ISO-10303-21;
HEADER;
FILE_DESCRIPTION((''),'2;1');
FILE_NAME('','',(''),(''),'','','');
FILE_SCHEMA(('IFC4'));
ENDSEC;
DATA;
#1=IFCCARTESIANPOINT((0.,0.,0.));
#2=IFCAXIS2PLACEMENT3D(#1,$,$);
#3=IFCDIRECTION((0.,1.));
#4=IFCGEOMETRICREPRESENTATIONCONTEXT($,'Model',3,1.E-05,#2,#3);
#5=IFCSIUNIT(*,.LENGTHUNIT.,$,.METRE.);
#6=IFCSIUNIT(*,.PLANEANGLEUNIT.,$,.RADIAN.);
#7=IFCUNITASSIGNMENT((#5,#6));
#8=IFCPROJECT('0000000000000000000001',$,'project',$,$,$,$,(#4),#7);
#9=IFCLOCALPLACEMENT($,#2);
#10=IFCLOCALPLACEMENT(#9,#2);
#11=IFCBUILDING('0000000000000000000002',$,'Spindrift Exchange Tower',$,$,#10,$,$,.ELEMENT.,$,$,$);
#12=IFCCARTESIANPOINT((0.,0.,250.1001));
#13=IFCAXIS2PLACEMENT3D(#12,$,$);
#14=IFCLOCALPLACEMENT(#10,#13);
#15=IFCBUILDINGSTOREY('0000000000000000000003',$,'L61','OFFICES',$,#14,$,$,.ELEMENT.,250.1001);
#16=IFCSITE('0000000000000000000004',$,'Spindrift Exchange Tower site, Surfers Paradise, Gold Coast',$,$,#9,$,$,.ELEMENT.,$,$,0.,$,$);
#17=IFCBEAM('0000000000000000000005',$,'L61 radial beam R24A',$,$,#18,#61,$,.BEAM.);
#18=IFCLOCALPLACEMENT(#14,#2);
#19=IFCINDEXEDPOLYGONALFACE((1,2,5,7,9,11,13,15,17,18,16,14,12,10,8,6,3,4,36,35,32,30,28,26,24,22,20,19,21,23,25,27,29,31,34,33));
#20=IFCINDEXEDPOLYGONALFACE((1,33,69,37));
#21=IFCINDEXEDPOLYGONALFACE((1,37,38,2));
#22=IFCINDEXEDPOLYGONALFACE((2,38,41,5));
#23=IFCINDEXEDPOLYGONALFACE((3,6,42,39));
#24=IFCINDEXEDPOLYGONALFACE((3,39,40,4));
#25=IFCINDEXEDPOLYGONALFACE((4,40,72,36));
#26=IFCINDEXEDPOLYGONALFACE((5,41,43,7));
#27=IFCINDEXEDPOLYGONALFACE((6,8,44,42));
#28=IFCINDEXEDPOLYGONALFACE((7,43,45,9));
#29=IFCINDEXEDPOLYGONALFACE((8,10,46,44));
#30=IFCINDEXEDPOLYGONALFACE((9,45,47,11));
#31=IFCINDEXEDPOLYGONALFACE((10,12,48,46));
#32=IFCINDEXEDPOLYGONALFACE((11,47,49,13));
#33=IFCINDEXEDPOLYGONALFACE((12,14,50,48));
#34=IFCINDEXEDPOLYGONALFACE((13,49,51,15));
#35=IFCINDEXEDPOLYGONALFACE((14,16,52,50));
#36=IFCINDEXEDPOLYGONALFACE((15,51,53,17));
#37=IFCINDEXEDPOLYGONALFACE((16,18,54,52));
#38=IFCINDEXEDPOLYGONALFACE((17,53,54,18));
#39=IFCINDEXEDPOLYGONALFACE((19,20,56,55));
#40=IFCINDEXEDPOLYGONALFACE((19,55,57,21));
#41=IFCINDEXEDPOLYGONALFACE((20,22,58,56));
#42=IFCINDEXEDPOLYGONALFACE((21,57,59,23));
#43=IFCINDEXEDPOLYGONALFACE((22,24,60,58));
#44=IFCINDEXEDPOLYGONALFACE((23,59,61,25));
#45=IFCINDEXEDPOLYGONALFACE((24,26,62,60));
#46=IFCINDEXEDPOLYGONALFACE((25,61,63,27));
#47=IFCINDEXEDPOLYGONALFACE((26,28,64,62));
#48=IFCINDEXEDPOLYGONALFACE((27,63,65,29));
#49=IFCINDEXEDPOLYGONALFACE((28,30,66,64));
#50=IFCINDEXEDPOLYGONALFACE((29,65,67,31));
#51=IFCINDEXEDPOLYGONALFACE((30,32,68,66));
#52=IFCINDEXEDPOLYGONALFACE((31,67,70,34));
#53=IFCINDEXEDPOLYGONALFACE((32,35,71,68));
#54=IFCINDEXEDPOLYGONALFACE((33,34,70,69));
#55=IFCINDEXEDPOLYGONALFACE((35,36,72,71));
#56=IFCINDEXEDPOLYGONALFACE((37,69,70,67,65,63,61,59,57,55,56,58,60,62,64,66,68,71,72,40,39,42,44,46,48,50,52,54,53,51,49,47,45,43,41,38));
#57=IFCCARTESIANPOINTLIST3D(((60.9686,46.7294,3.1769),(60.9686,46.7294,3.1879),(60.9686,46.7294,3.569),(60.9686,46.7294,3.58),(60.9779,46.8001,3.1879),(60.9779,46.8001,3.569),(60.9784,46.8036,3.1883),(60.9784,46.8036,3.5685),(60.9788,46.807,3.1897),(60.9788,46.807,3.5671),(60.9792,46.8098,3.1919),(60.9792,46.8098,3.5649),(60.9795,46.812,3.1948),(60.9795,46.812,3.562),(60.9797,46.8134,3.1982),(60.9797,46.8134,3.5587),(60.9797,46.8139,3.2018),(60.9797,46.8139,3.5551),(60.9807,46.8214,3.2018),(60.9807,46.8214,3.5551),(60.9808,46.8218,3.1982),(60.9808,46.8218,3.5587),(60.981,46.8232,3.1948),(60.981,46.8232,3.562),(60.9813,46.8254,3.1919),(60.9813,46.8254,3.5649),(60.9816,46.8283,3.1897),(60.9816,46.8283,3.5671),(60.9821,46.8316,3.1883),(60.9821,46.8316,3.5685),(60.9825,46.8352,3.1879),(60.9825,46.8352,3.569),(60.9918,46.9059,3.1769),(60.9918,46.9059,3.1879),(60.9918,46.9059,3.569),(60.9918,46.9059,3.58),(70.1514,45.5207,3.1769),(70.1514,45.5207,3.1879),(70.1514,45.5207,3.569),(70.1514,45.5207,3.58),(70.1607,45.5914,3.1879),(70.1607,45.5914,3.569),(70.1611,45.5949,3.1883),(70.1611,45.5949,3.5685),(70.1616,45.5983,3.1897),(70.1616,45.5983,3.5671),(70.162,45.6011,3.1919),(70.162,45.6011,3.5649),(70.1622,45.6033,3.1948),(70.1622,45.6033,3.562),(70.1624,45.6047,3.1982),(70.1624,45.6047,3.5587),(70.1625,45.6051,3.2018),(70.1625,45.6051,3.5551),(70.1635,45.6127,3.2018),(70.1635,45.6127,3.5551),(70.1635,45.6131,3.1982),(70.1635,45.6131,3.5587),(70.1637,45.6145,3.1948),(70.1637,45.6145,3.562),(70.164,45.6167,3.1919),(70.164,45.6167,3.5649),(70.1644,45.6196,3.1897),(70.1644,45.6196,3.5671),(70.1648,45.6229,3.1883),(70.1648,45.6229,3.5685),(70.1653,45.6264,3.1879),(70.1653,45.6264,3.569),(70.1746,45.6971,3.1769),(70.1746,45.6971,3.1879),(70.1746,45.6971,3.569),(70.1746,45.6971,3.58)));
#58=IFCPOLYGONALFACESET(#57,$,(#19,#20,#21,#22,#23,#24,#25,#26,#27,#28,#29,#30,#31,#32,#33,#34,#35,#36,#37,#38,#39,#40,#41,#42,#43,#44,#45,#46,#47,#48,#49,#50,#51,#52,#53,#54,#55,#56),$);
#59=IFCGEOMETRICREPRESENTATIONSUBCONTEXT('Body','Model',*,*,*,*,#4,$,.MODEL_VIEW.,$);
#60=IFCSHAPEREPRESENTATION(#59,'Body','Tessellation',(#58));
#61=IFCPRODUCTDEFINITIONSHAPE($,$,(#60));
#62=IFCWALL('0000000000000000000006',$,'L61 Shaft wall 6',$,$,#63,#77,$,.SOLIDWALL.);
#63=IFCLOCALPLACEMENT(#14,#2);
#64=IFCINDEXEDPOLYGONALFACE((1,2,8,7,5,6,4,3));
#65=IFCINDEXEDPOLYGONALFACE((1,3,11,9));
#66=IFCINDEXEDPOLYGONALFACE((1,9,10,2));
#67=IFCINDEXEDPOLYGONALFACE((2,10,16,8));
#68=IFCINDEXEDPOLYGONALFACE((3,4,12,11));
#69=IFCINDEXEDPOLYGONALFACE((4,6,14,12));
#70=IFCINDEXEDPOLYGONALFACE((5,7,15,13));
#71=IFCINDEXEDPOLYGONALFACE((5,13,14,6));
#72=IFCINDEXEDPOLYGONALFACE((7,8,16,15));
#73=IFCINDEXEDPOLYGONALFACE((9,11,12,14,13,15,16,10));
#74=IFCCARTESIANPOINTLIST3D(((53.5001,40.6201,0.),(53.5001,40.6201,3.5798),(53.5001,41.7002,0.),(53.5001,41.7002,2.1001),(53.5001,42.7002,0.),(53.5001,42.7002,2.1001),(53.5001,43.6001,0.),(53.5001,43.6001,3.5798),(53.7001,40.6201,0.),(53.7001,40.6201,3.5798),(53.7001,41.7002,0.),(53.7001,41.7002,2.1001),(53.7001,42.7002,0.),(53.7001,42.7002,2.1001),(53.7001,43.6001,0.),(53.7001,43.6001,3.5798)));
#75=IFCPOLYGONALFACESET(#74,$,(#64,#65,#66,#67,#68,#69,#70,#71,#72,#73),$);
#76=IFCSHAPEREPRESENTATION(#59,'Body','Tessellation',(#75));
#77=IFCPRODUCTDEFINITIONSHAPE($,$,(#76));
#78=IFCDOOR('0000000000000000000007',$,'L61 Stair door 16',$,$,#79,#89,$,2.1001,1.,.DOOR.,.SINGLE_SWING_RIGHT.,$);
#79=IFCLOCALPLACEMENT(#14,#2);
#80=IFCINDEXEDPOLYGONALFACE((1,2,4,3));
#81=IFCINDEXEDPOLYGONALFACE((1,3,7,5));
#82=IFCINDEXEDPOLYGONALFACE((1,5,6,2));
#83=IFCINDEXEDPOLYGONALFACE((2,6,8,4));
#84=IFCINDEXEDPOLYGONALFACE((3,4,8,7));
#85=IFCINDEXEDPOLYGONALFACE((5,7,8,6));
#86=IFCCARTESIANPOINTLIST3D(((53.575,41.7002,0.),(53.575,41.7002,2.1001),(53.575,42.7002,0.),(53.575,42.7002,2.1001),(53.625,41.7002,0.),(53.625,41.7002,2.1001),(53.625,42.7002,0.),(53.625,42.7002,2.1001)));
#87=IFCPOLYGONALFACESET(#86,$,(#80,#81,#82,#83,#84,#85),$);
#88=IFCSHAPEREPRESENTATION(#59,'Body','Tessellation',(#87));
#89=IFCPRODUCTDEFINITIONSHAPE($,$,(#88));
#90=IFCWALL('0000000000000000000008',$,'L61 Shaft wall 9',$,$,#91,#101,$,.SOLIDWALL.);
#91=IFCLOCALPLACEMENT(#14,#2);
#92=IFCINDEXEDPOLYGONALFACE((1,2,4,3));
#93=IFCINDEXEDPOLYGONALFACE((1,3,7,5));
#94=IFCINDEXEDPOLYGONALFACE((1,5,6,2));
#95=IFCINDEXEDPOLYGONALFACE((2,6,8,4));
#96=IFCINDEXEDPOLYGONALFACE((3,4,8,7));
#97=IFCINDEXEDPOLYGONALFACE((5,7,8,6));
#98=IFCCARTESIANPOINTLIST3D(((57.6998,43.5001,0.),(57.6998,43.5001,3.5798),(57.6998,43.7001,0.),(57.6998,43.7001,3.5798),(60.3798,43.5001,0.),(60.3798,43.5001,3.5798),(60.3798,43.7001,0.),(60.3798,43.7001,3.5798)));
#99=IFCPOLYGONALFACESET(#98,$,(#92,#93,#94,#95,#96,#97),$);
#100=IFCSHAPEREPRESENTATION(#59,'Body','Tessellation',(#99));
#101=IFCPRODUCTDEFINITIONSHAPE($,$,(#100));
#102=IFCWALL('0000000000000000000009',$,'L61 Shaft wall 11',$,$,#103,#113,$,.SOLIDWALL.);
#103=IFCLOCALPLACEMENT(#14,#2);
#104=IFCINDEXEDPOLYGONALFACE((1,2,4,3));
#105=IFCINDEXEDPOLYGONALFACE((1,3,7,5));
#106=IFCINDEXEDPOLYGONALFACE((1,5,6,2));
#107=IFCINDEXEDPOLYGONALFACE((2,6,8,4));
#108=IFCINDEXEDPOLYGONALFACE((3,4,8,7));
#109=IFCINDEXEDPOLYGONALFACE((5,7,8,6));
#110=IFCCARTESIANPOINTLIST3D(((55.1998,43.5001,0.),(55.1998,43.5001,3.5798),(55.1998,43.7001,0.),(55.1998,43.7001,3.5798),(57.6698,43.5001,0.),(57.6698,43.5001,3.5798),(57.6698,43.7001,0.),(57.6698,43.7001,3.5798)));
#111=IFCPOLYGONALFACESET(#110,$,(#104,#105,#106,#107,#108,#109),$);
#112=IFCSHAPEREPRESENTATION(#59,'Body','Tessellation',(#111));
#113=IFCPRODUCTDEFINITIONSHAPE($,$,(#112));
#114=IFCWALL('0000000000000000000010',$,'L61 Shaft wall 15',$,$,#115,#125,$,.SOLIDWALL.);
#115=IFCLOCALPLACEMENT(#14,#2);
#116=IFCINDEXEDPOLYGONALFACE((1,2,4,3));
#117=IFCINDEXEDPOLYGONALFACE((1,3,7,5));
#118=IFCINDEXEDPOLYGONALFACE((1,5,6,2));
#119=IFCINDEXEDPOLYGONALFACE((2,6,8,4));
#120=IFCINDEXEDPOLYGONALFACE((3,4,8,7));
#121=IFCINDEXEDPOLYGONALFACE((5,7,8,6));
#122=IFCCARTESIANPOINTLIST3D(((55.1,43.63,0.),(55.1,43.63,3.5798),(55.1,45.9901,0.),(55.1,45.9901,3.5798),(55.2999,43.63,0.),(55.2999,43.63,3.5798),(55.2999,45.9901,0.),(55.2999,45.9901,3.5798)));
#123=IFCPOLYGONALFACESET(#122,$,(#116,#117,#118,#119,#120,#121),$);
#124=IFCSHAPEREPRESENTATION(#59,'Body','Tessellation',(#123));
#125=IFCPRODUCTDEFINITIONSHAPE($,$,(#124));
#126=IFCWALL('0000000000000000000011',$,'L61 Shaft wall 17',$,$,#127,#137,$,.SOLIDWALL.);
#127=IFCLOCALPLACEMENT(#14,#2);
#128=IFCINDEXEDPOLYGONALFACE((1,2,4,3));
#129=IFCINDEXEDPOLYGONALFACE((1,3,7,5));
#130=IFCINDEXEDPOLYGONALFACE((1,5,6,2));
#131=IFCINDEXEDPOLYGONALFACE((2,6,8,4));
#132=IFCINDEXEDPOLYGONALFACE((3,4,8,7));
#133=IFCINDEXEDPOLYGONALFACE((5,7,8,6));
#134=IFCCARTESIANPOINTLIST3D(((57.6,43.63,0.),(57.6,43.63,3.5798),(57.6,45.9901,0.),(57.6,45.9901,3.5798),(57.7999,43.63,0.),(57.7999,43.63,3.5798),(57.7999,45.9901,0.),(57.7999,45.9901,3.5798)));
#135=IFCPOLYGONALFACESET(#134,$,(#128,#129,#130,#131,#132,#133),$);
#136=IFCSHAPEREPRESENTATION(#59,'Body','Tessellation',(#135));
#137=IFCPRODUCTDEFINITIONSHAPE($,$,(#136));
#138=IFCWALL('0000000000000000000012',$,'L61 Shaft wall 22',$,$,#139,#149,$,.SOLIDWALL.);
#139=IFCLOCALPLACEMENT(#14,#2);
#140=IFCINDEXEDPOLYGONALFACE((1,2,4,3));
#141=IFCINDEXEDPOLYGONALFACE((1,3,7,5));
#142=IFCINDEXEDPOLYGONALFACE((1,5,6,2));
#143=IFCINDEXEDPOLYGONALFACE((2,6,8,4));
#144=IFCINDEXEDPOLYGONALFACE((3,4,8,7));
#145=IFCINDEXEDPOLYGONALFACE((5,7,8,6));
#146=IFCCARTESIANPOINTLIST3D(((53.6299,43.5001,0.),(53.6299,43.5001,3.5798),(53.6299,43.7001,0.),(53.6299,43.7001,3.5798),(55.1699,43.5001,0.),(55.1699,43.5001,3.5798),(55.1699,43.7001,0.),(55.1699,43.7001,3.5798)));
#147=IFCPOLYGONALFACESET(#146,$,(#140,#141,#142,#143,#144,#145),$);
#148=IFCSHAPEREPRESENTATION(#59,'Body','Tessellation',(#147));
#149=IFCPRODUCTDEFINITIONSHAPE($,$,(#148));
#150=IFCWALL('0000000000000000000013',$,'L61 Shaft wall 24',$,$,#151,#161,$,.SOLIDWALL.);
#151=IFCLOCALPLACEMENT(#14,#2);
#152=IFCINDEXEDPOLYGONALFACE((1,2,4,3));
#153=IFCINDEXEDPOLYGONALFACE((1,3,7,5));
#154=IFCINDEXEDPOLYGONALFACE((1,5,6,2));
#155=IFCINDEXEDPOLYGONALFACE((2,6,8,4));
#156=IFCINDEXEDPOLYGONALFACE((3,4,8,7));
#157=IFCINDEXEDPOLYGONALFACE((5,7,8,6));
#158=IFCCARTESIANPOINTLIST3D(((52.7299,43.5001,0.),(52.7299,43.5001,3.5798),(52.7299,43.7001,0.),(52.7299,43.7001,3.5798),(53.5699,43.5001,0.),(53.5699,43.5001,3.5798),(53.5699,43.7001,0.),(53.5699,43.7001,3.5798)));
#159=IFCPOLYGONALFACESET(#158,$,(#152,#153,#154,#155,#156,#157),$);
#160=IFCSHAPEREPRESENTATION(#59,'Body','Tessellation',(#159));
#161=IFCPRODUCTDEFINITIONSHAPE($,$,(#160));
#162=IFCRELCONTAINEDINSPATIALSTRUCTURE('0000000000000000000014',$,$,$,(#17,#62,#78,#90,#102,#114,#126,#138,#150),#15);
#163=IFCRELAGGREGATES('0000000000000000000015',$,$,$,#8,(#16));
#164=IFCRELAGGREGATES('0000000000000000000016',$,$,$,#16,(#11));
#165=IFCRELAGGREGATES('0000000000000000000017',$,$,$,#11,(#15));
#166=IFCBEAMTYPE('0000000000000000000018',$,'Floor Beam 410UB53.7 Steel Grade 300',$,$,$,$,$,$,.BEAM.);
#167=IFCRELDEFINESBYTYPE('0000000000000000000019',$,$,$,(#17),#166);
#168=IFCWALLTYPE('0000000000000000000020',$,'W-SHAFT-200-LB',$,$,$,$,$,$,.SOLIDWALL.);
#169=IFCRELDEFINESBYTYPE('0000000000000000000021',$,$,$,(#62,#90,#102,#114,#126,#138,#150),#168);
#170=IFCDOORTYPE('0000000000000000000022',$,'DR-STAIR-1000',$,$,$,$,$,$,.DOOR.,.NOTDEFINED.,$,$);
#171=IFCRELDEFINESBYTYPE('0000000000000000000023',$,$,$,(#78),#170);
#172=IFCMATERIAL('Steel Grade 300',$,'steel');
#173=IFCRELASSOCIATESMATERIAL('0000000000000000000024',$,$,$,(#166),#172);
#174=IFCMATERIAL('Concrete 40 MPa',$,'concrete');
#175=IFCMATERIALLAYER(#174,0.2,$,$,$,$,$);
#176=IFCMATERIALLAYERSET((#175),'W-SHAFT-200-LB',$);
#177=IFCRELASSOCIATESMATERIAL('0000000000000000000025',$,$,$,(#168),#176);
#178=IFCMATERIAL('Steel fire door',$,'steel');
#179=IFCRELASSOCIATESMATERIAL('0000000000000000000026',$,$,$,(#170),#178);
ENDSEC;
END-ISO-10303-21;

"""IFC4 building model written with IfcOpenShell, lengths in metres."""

from ifc_helpers import new_model, si_unit, direction, frame, frame_2d, origin, origin_2d, place, context, subcontext, project, spatial, rectangle, i_section, extrude, source, transform, mapped, material, layer, layer_set, material_profile, profile_set, type_object, element, fill, save


model = new_model("IFC4")

# Units and contexts
model_context = context("Model", 3, precision=1e-05, world=origin(), true_north=direction((0.0, 1.0)))
body_context = subcontext(model_context, "Body", "Model", "MODEL_VIEW")
ifc_project = project(units=[si_unit("LENGTHUNIT", "METRE"), si_unit("PLANEANGLEUNIT", "RADIAN")], contexts=[model_context])

# Site, building, storey
site_placement = place(None, origin())
site = spatial("IfcSite", under=ifc_project, at=site_placement, Name="Spindrift Exchange Tower site, Surfers Paradise, Gold Coast", CompositionType="ELEMENT", RefElevation=0.0)
building_placement = place(site_placement, origin())
building = spatial("IfcBuilding", under=site, at=building_placement, Name="Spindrift Exchange Tower", CompositionType="ELEMENT")
storey_placement = place(building_placement, frame((0.0, 0.0, 250.1001)))
storey = spatial("IfcBuildingStorey", under=building, at=storey_placement, Name="L61", Description="OFFICES", CompositionType="ELEMENT", Elevation=250.1001)

# Beam
ifc_material_1 = material(Name="Steel Grade 300", Category="steel")
ifc_material_profile_1 = material_profile(ifc_material_1, i_section(OverallWidth=0.178, OverallDepth=0.4031, WebThickness=0.0076, FlangeThickness=0.011, FilletRadius=0.0139, at=origin_2d()), Name="410UB53.7")
ifc_profile_set_1 = profile_set([ifc_material_profile_1], Name="Steel Grade 300")
beam_type_1 = type_object("IfcBeamType", Name="Floor Beam 410UB53.7 Steel Grade 300", PredefinedType="BEAM", material=ifc_profile_set_1)
shared_shape_1 = source(origin(), body_context, "Body", "SweptSolid", [
    extrude(i_section(OverallWidth=0.178, OverallDepth=0.4031, WebThickness=0.0076, FlangeThickness=0.011, FilletRadius=0.0139, at=origin_2d()), origin(), (0.0, 0.0, 1.0), 9.262),
])
beam_1_placement = place(storey_placement, frame((60.9802, 46.8176, 3.3784), z_axis=(0.991448, -0.130504, 0.0), x_axis=(0.130504, 0.991448, 0.0)))
element("IfcBeam", 1, at=beam_1_placement, inside=storey, type_object=beam_type_1, Name="L61 radial beam R24A", PredefinedType="BEAM", context=body_context, shape_type="MappedRepresentation", body=[
    mapped(shared_shape_1, transform((0.0, 0.0, 0.0), scale=1.0)),
])

# Wall, opening, door
ifc_material_2 = material(Name="Concrete 40 MPa", Category="concrete")
ifc_layer = layer(ifc_material_2, 0.2)
ifc_layer_set = layer_set([ifc_layer], Name="W-SHAFT-200-LB")
wall_type = type_object("IfcWallType", Name="W-SHAFT-200-LB", PredefinedType="SOLIDWALL", material=ifc_layer_set)
wall_1_placement = place(storey_placement, frame((53.6001, 43.6001, 0.0), z_axis=(0.0, 0.0, 1.0), x_axis=(0.0, -1.0, 0.0)))
wall_1 = element("IfcWall", 2, at=wall_1_placement, inside=storey, type_object=wall_type, Name="L61 Shaft wall 6", PredefinedType="SOLIDWALL", context=body_context, shape_type="SweptSolid", body=[
    extrude(rectangle(XDim=2.98, YDim=0.2, at=frame_2d((1.49, 0.0))), origin(), (0.0, 0.0, 1.0), 3.5798),
])
opening_placement = place(wall_1_placement, frame((0.8999, 0.0, 0.0)))
opening = element("IfcOpeningElement", 3, at=opening_placement, cuts=wall_1, PredefinedType="OPENING", context=body_context, shape_type="SweptSolid", body=[
    extrude(rectangle(XDim=1.0, YDim=2.1001, at=frame_2d((0.5, 1.05))), frame((0.0, 0.1099, 0.0), z_axis=(0.0, -1.0, 0.0), x_axis=(1.0, 0.0, 0.0)), (0.0, 0.0, 1.0), 0.22),
])
ifc_material_3 = material(Name="Steel fire door", Category="steel")
door_type = type_object("IfcDoorType", Name="DR-STAIR-1000", OperationType="NOTDEFINED", PredefinedType="DOOR", material=ifc_material_3)
shared_shape_2 = source(origin(), body_context, "Body", "SweptSolid", [
    extrude(rectangle(XDim=1.0, YDim=2.1001, at=frame_2d((0.5, 1.05))), frame((0.0, 0.0249, 0.0), z_axis=(0.0, -1.0, 0.0), x_axis=(1.0, 0.0, 0.0)), (0.0, 0.0, 1.0), 0.05),
])
door_placement = place(opening_placement, origin())
door = element("IfcDoor", 4, at=door_placement, inside=storey, type_object=door_type, Name="L61 Stair door 16", OperationType="SINGLE_SWING_RIGHT", OverallHeight=2.1001, OverallWidth=1.0, PredefinedType="DOOR", context=body_context, shape_type="MappedRepresentation", body=[
    mapped(shared_shape_2, transform((0.0, 0.0, 0.0), scale=1.0)),
])
fill(opening, door)

# Walls
wall_2_placement = place(storey_placement, frame((57.7, 43.6001, 0.0), z_axis=(0.0, 0.0, 1.0), x_axis=(1.0, 0.0, 0.0)))
element("IfcWall", 5, at=wall_2_placement, inside=storey, type_object=wall_type, Name="L61 Shaft wall 9", PredefinedType="SOLIDWALL", context=body_context, shape_type="SweptSolid", body=[
    extrude(rectangle(XDim=2.6799, YDim=0.2, at=frame_2d((1.3398, 0.0))), origin(), (0.0, 0.0, 1.0), 3.5798),
])
wall_3_placement = place(storey_placement, frame((55.2, 43.6001, 0.0), z_axis=(0.0, 0.0, 1.0), x_axis=(1.0, 0.0, 0.0)))
element("IfcWall", 6, at=wall_3_placement, inside=storey, type_object=wall_type, Name="L61 Shaft wall 11", PredefinedType="SOLIDWALL", context=body_context, shape_type="SweptSolid", body=[
    extrude(rectangle(XDim=2.47, YDim=0.2, at=frame_2d((1.2349, 0.0))), origin(), (0.0, 0.0, 1.0), 3.5798),
])
for number, where, z_axis, x_axis, name in (
    (7, (55.2, 43.6299, 0.0), (0.0, 0.0, 1.0), (0.0, 1.0, 0.0), "L61 Shaft wall 15"),
    (8, (57.7, 43.6299, 0.0), (0.0, 0.0, 1.0), (0.0, 1.0, 0.0), "L61 Shaft wall 17"),
):
    element("IfcWall", number, at=place(storey_placement, frame(where, z_axis=z_axis, x_axis=x_axis)), inside=storey, type_object=wall_type, Name=name, PredefinedType="SOLIDWALL", context=body_context, shape_type="SweptSolid", body=[
        extrude(rectangle(XDim=2.3601, YDim=0.2, at=frame_2d((1.1802, 0.0))), origin(), (0.0, 0.0, 1.0), 3.5798),
    ])
wall_4_placement = place(storey_placement, frame((53.6299, 43.6001, 0.0), z_axis=(0.0, 0.0, 1.0), x_axis=(1.0, 0.0, 0.0)))
element("IfcWall", 9, at=wall_4_placement, inside=storey, type_object=wall_type, Name="L61 Shaft wall 22", PredefinedType="SOLIDWALL", context=body_context, shape_type="SweptSolid", body=[
    extrude(rectangle(XDim=1.54, YDim=0.2, at=frame_2d((0.77, 0.0))), origin(), (0.0, 0.0, 1.0), 3.5798),
])
wall_5_placement = place(storey_placement, frame((52.73, 43.6001, 0.0), z_axis=(0.0, 0.0, 1.0), x_axis=(1.0, 0.0, 0.0)))
element("IfcWall", 10, at=wall_5_placement, inside=storey, type_object=wall_type, Name="L61 Shaft wall 24", PredefinedType="SOLIDWALL", context=body_context, shape_type="SweptSolid", body=[
    extrude(rectangle(XDim=0.8401, YDim=0.2, at=frame_2d((0.4199, 0.0))), origin(), (0.0, 0.0, 1.0), 3.5798),
])

save(model, "model.ifc")
